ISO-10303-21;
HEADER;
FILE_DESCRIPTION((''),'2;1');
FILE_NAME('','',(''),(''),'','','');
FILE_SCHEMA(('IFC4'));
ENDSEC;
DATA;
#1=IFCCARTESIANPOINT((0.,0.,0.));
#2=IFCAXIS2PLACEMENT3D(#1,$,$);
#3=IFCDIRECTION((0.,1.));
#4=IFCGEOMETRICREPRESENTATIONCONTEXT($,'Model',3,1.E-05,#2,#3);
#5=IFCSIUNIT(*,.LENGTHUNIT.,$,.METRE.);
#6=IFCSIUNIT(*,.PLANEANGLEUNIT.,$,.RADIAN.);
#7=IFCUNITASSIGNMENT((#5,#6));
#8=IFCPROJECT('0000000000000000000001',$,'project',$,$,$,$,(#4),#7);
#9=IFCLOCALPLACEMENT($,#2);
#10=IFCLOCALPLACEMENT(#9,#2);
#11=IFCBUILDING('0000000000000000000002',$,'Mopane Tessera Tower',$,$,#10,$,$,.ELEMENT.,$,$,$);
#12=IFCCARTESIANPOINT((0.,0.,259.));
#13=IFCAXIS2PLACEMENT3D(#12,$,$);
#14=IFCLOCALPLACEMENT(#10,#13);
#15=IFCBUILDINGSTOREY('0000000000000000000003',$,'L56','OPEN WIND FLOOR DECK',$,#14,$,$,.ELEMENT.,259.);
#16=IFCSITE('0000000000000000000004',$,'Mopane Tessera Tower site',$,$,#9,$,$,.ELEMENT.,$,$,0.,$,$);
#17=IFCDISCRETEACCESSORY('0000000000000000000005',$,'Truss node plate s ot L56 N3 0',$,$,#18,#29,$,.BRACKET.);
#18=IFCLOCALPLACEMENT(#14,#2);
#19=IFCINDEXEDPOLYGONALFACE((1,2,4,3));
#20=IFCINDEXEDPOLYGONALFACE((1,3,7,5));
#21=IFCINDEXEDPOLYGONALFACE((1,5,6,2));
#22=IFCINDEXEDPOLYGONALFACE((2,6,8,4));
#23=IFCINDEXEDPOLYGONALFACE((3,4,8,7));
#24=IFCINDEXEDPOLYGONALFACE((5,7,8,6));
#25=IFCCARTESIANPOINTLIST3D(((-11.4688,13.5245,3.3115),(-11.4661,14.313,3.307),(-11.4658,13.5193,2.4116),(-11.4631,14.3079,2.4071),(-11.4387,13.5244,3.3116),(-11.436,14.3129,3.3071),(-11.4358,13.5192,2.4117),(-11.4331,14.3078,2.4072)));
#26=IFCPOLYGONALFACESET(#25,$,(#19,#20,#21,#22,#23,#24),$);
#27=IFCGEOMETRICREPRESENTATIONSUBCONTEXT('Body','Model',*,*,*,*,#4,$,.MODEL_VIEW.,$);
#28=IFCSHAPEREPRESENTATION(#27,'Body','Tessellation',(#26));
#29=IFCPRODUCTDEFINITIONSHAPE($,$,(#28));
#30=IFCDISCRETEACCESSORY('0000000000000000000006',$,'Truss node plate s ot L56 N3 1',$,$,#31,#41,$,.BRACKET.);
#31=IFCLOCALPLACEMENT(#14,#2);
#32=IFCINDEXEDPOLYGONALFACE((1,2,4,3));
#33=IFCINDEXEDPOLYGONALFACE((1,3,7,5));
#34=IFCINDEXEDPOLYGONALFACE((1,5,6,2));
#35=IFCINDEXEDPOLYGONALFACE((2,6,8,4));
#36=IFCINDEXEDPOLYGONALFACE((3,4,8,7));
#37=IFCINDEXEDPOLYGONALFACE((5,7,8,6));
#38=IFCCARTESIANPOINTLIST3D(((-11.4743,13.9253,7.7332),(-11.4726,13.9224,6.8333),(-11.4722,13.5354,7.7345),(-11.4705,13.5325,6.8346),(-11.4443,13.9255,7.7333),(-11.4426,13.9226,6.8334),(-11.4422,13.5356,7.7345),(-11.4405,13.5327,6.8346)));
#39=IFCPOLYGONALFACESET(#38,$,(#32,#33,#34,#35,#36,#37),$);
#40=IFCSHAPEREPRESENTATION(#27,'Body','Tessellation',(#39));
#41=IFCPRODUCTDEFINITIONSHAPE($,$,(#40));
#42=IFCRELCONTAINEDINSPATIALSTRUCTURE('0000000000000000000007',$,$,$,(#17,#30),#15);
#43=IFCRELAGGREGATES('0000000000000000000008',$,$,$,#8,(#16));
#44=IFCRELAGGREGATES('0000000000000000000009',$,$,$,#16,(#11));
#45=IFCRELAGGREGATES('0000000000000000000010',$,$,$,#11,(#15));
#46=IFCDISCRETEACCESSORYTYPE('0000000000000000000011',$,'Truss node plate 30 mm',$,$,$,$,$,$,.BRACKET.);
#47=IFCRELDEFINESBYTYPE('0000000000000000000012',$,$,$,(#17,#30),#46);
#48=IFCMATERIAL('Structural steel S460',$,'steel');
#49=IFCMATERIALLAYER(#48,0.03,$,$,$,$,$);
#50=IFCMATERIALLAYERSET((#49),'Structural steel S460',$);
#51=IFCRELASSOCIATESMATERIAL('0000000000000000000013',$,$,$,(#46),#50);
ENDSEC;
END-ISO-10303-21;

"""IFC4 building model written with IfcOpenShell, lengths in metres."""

from ifc_helpers import new_model, si_unit, direction, frame, origin, origin_2d, place, context, subcontext, project, spatial, rectangle, extrude, material, layer, layer_set, type_object, element, save


model = new_model("IFC4")

# Units and contexts
model_context = context("Model", 3, precision=1e-05, world=origin(), true_north=direction((0.0, 1.0)))
body_context = subcontext(model_context, "Body", "Model", "MODEL_VIEW")
ifc_project = project(units=[si_unit("LENGTHUNIT", "METRE"), si_unit("PLANEANGLEUNIT", "RADIAN")], contexts=[model_context])

# Site, building, storey
site_placement = place(None, origin())
site = spatial("IfcSite", under=ifc_project, at=site_placement, Name="Mopane Tessera Tower site", CompositionType="ELEMENT", RefElevation=0.0)
building_placement = place(site_placement, origin())
building = spatial("IfcBuilding", under=site, at=building_placement, Name="Mopane Tessera Tower", CompositionType="ELEMENT")
storey_placement = place(building_placement, frame((0.0, 0.0, 259.0)))
storey = spatial("IfcBuildingStorey", under=building, at=storey_placement, Name="L56", Description="OPEN WIND FLOOR DECK", CompositionType="ELEMENT", Elevation=259.0)

# Discrete accessories
ifc_material_1 = material(Name="Structural steel S460", Category="steel")
ifc_layer_1 = layer(ifc_material_1, 0.03)
ifc_layer_set_1 = layer_set([ifc_layer_1], Name="Structural steel S460")
discrete_accessory_type_1 = type_object("IfcDiscreteAccessoryType", Name="Truss node plate 30 mm", PredefinedType="BRACKET", material=ifc_layer_set_1)
discrete_accessory_1_placement = place(storey_placement, frame((-11.4495, 13.9136, 2.4094), z_axis=(-0.003255, 0.005697, 0.999978), x_axis=(-0.999989, 0.003421, -0.003275)))
element("IfcDiscreteAccessory", 1, at=discrete_accessory_1_placement, inside=storey, type_object=discrete_accessory_type_1, Name="Truss node plate s ot L56 N3 0", PredefinedType="BRACKET", context=body_context, shape_type="SweptSolid", body=[
    extrude(rectangle(XDim=0.03, YDim=0.7886, at=origin_2d()), origin(), (0.0, 0.0, 1.0), 0.8999),
])
discrete_accessory_2_placement = place(storey_placement, frame((-11.4565, 13.7275, 6.834), z_axis=(-0.001899, 0.003256, 0.999993), x_axis=(-0.999983, -0.005494, -0.001881)))
element("IfcDiscreteAccessory", 2, at=discrete_accessory_2_placement, inside=storey, type_object=discrete_accessory_type_1, Name="Truss node plate s ot L56 N3 1", PredefinedType="BRACKET", context=body_context, shape_type="SweptSolid", body=[
    extrude(rectangle(XDim=0.03, YDim=0.3899, at=origin_2d()), origin(), (0.0, 0.0, 1.0), 0.8999),
])

save(model, "model.ifc")
